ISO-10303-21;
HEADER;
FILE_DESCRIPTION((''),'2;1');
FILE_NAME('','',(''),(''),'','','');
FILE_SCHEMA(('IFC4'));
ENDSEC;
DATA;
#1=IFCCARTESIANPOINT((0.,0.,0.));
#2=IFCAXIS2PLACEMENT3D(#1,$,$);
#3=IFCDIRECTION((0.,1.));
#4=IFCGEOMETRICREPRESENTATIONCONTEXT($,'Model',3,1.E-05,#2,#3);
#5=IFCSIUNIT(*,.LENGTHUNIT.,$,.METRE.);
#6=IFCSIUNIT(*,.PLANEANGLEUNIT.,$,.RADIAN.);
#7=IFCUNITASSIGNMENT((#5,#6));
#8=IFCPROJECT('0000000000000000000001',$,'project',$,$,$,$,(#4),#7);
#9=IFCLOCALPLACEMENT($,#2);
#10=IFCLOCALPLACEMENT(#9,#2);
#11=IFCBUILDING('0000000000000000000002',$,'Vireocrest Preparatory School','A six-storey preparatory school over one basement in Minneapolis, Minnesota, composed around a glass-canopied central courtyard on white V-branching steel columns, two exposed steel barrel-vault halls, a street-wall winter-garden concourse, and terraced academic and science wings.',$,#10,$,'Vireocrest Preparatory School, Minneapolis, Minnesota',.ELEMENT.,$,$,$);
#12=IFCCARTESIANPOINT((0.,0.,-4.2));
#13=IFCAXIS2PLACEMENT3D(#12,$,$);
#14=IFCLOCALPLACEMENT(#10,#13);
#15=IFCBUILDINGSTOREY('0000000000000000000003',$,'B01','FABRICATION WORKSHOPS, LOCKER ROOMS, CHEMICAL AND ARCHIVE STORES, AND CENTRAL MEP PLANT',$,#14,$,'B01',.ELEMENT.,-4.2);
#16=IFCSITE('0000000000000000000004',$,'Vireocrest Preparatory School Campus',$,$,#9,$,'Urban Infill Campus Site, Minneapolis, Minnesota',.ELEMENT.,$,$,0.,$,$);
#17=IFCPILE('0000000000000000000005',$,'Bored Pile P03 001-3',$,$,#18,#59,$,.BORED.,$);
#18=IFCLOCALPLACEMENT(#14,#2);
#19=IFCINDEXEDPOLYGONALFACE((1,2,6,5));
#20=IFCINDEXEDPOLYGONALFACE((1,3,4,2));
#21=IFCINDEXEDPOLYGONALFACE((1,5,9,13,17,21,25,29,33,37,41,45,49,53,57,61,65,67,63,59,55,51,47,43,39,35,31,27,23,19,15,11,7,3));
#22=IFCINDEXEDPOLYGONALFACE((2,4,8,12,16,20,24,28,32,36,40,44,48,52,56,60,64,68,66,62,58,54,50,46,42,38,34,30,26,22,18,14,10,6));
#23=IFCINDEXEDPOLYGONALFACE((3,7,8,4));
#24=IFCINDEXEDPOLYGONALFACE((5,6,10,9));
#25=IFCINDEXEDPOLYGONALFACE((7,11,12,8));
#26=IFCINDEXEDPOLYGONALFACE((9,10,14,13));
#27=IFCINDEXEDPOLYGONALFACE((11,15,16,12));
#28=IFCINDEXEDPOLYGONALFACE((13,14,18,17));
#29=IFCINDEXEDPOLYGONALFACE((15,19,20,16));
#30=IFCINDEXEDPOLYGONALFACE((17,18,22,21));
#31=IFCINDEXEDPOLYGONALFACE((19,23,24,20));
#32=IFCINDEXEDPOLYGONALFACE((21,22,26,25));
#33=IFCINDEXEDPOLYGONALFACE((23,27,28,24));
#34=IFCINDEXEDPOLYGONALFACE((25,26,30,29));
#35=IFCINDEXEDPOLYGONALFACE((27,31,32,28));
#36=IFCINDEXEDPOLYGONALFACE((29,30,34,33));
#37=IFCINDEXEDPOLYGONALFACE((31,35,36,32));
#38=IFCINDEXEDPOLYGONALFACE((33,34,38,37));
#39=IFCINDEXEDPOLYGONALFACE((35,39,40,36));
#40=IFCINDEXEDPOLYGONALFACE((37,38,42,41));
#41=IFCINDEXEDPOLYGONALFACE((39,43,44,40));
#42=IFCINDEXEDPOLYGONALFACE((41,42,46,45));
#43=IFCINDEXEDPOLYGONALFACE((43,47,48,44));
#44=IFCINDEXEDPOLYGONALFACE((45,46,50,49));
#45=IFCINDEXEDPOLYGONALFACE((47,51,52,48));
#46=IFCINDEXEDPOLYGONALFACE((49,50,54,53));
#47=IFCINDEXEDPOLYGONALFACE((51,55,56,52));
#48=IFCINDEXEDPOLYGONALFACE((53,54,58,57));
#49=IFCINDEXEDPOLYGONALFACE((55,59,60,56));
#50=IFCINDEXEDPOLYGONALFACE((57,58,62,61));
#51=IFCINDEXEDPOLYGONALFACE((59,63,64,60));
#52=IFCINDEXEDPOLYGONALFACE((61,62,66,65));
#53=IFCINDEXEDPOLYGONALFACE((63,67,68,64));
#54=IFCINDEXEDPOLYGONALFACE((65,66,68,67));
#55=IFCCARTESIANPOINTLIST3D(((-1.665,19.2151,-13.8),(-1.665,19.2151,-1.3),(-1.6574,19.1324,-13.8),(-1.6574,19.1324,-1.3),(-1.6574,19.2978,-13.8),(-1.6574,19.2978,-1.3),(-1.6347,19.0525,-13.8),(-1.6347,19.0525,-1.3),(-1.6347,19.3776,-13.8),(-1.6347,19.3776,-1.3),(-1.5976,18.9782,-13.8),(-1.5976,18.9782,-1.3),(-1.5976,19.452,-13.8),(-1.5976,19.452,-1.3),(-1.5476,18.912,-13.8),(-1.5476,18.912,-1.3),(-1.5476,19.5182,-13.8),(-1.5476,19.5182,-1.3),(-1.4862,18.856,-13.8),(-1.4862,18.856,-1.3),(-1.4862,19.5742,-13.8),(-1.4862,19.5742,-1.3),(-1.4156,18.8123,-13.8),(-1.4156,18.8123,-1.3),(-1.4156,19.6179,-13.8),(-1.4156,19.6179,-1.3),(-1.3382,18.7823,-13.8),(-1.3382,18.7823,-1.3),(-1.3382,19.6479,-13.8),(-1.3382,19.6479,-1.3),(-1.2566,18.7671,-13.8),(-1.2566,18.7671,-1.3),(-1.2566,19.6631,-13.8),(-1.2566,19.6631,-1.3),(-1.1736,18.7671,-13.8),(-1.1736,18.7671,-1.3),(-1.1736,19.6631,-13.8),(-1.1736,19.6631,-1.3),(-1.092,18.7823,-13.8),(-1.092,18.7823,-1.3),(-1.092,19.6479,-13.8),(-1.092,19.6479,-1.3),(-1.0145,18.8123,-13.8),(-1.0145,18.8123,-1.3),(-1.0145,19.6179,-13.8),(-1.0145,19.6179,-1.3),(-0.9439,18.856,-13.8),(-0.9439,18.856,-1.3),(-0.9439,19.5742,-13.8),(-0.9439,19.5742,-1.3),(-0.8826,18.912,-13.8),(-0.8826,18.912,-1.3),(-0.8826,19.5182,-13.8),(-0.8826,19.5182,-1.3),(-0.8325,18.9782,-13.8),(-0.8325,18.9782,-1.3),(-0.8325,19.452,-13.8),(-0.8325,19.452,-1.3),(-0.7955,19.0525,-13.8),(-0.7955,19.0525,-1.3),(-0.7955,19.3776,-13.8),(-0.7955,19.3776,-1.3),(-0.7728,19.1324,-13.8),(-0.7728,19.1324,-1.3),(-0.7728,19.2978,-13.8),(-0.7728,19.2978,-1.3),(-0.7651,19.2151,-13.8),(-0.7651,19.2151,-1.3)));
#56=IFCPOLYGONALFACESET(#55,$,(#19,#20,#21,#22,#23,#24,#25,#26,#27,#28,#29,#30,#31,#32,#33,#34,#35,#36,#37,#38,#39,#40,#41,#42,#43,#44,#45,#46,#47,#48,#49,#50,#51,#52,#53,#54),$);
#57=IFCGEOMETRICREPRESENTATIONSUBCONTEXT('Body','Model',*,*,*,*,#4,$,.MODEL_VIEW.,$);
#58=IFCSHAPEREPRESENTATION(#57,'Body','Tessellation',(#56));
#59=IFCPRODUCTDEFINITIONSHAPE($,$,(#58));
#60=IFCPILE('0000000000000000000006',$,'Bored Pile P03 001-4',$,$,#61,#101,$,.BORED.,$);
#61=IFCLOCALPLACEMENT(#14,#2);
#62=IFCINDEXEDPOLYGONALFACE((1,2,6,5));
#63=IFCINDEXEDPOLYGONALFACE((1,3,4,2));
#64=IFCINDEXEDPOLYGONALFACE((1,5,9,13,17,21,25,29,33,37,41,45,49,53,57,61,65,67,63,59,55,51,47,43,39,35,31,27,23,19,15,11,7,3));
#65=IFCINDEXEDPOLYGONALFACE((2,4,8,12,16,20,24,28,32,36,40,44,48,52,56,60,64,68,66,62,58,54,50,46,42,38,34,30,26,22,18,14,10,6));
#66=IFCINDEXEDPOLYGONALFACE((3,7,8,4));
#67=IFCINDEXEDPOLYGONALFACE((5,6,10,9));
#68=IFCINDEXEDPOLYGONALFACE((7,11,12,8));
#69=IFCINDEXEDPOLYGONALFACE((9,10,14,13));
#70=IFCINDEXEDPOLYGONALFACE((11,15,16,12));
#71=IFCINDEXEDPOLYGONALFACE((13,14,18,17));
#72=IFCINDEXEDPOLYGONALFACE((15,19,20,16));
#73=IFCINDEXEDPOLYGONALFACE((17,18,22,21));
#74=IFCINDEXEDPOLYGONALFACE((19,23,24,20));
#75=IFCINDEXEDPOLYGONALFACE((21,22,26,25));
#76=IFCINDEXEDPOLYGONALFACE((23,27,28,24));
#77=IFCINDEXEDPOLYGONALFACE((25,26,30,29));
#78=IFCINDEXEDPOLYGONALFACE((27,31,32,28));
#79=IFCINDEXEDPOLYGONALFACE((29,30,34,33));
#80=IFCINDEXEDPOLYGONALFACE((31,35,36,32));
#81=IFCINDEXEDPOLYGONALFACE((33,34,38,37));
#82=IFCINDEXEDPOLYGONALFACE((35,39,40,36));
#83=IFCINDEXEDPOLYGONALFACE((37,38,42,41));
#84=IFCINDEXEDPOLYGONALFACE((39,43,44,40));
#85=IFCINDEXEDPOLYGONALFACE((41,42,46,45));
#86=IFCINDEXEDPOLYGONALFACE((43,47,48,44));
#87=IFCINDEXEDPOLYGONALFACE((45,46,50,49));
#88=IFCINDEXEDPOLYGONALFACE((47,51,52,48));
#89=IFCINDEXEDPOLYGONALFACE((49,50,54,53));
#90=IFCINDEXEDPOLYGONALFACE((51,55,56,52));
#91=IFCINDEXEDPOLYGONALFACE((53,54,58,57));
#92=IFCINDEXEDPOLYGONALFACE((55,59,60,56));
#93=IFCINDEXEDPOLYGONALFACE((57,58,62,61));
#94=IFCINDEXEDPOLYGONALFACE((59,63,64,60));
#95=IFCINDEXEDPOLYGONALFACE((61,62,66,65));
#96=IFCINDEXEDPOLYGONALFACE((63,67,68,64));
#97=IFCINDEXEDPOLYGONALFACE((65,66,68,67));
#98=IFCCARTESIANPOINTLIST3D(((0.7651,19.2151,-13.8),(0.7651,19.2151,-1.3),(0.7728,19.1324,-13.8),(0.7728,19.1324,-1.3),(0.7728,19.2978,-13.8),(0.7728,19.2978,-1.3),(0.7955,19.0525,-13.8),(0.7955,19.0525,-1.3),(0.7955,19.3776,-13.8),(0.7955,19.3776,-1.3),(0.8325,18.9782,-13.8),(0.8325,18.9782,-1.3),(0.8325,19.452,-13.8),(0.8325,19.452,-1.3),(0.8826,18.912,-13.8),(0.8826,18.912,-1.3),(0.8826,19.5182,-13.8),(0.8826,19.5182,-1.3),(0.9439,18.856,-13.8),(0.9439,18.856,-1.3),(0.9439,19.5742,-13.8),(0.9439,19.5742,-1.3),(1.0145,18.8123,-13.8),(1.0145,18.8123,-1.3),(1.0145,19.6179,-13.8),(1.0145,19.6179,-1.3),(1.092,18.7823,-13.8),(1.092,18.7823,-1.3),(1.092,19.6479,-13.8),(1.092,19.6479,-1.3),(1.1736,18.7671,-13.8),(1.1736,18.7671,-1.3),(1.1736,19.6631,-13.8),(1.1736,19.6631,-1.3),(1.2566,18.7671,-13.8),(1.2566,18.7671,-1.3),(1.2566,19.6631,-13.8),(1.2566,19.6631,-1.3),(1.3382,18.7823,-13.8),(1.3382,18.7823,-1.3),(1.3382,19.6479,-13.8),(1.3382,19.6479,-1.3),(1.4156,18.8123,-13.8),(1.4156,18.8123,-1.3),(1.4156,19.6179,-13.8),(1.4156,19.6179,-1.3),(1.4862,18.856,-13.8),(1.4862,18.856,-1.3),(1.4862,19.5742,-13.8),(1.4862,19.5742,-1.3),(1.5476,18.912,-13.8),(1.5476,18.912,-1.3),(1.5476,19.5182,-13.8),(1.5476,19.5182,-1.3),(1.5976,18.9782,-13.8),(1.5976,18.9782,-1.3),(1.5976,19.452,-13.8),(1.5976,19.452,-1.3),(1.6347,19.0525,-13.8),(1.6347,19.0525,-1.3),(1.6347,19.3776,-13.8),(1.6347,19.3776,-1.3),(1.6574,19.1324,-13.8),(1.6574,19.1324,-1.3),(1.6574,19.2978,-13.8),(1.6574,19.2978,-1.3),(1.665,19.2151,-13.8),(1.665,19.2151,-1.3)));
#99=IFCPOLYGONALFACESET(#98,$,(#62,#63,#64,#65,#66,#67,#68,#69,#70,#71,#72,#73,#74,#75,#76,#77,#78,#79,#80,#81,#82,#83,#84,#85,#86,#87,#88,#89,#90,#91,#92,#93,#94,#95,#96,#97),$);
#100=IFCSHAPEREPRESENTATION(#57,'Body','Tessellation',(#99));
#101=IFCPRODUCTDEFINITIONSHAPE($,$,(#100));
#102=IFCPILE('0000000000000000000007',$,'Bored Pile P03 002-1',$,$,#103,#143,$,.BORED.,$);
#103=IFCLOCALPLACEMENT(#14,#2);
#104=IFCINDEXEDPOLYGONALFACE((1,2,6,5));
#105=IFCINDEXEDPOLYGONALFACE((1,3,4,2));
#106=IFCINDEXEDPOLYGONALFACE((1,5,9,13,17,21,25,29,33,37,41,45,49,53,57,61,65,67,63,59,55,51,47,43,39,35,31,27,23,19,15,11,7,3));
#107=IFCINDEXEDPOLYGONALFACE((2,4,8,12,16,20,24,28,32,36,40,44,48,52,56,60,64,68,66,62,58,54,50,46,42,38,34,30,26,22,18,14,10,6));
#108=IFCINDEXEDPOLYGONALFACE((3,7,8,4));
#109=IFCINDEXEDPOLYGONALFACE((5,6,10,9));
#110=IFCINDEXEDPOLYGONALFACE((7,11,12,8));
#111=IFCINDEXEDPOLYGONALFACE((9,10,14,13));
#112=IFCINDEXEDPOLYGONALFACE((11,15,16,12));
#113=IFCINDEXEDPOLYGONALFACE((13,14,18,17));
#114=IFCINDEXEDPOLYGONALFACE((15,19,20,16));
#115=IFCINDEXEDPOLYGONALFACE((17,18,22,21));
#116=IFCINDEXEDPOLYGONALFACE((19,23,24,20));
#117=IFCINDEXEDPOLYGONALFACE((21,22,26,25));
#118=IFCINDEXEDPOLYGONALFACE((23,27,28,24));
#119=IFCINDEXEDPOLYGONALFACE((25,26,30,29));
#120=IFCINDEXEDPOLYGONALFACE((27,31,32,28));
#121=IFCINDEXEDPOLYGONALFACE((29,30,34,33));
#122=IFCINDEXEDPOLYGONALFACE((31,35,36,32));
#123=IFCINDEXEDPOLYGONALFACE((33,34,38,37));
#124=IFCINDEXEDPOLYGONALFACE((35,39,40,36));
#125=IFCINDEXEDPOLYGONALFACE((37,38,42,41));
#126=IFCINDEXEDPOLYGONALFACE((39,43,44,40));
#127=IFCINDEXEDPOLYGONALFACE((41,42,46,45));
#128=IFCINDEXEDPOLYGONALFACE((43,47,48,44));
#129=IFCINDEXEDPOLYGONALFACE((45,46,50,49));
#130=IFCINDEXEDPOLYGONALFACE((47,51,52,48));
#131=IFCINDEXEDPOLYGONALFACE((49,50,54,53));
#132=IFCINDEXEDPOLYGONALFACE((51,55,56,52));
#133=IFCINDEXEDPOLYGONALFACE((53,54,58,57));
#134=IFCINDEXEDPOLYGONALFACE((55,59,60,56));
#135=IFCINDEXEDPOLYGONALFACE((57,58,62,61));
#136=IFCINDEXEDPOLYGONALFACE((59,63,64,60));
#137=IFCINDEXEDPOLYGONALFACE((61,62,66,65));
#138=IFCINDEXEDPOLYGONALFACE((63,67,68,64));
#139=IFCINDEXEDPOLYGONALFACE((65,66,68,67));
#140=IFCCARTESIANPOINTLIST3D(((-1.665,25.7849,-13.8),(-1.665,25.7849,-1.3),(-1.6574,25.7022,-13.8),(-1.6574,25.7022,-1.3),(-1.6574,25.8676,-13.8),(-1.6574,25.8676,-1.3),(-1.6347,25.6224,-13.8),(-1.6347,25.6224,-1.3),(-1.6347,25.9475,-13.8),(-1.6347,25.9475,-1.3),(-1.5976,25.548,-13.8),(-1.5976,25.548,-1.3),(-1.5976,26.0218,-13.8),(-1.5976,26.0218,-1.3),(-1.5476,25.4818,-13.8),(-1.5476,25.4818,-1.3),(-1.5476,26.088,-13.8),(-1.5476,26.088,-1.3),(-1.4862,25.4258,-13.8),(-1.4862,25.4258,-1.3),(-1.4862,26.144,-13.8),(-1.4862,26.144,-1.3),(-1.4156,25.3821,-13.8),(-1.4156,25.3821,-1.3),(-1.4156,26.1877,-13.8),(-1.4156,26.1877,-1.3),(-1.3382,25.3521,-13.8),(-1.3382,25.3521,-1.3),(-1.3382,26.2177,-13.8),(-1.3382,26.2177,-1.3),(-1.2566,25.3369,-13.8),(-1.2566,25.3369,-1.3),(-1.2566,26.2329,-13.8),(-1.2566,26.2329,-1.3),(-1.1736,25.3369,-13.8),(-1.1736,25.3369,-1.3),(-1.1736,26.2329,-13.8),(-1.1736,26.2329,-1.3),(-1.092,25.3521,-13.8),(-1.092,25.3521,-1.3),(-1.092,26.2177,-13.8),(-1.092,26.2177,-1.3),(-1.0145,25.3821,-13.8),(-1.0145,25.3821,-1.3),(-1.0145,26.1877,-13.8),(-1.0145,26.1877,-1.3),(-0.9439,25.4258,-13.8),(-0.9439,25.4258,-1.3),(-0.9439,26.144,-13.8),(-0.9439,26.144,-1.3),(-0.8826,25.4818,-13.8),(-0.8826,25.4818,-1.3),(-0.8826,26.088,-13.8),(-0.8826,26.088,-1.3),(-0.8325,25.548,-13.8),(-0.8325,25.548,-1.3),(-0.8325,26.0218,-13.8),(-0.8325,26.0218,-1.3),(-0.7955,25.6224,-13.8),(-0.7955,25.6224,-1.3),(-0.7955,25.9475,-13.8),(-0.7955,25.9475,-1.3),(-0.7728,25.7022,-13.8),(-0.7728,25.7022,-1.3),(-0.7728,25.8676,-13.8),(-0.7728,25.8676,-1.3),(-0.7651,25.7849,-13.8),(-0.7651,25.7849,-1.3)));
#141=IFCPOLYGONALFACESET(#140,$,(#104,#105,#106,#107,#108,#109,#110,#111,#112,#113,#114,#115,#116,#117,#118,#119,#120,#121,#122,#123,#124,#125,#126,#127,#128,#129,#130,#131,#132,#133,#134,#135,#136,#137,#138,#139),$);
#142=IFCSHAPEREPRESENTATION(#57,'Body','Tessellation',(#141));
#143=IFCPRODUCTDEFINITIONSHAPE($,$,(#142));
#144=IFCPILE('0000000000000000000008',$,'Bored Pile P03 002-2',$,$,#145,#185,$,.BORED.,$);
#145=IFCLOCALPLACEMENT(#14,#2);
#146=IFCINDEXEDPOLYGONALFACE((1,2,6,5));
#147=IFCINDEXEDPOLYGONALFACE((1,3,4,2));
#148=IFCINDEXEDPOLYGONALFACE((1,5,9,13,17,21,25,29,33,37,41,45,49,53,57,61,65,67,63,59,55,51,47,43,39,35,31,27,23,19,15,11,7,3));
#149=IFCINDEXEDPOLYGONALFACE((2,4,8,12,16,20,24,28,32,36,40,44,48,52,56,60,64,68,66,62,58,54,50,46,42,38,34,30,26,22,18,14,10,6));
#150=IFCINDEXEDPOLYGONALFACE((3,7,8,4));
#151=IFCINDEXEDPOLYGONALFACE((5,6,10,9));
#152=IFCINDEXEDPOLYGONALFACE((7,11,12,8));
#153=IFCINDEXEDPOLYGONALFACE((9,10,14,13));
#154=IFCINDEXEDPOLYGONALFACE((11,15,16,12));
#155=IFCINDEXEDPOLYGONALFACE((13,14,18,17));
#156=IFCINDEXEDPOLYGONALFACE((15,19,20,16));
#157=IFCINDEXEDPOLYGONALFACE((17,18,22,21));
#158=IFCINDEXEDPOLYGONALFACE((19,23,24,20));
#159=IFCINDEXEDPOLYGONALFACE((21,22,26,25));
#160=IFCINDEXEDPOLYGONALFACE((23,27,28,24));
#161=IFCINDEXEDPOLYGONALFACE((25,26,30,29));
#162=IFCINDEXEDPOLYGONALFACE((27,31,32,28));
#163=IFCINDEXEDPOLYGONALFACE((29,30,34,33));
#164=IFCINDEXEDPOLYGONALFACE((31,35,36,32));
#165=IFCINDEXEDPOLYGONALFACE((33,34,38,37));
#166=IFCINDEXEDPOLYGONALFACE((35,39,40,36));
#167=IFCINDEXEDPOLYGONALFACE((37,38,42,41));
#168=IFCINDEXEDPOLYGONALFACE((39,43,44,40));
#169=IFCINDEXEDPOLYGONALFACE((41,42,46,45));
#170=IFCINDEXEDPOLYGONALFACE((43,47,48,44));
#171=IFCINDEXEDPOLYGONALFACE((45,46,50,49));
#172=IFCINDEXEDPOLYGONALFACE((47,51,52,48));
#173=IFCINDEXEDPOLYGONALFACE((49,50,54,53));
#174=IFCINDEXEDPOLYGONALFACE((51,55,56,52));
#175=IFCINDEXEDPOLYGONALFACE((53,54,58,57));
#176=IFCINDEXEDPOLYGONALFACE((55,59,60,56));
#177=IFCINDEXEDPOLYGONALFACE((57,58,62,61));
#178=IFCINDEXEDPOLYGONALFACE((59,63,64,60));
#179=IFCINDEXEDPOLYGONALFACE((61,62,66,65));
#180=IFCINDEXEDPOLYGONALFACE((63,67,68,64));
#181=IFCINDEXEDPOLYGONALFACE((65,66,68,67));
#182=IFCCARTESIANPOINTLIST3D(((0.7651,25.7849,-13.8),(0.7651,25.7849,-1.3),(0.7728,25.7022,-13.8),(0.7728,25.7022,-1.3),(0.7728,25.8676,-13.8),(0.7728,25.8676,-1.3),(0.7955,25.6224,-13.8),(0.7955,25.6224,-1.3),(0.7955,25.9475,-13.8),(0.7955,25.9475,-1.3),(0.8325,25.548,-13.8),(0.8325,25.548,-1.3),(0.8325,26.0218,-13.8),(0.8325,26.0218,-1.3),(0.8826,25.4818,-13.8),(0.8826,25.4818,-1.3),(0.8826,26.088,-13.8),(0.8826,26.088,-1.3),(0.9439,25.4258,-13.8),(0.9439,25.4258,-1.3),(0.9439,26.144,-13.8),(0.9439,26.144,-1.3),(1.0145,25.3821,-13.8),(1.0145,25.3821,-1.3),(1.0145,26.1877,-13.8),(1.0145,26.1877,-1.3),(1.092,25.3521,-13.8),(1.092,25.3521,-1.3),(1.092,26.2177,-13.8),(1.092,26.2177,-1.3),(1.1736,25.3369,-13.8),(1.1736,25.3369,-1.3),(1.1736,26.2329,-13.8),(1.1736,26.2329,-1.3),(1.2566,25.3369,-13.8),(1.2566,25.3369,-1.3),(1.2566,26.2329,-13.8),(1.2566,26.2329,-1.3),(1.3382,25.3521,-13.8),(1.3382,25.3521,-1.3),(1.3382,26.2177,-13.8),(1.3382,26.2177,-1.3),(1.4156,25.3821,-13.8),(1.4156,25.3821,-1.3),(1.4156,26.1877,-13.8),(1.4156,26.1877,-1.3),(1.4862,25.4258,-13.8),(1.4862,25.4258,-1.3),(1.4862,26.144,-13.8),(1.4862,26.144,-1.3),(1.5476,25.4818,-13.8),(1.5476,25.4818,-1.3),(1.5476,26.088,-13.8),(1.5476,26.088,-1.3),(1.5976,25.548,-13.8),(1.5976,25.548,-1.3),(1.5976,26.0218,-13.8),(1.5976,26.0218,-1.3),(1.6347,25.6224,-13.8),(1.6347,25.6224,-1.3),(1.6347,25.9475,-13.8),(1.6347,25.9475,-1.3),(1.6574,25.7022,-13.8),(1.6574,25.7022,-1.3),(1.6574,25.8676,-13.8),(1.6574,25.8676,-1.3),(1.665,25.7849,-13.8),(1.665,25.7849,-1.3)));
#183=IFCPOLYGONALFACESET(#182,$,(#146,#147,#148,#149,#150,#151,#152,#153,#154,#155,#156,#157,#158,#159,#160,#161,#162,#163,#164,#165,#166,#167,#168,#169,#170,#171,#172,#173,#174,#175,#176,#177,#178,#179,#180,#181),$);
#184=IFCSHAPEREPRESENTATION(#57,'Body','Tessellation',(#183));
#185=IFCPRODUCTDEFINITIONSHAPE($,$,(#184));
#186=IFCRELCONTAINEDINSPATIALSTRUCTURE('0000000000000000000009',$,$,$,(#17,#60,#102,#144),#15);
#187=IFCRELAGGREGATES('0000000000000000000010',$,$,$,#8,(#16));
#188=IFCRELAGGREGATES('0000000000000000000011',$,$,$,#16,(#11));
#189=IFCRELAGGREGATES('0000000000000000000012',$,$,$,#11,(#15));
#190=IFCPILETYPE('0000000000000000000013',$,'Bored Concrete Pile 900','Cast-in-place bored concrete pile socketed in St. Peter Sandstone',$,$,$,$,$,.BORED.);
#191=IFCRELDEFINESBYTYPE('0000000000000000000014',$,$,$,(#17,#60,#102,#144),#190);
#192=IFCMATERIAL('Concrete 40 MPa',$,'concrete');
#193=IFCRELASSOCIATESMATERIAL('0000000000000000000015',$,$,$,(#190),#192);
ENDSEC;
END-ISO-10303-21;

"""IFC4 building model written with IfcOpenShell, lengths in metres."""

from ifc_helpers import new_model, si_unit, direction, frame, origin, origin_2d, place, context, subcontext, project, spatial, circle, extrude, material, material_profile, profile_set, type_object, element, save


model = new_model("IFC4")

# Units and contexts
model_context = context("Model", 3, precision=1e-05, world=origin(), true_north=direction((0.0, 1.0)))
body_context = subcontext(model_context, "Body", "Model", "MODEL_VIEW")
ifc_project = project(units=[si_unit("LENGTHUNIT", "METRE"), si_unit("PLANEANGLEUNIT", "RADIAN")], contexts=[model_context])

# Site, building, storey
site_placement = place(None, origin())
site = spatial("IfcSite", under=ifc_project, at=site_placement, Name="Vireocrest Preparatory School Campus", LongName="Urban Infill Campus Site, Minneapolis, Minnesota", CompositionType="ELEMENT", RefElevation=0.0)
building_placement = place(site_placement, origin())
building = spatial("IfcBuilding", under=site, at=building_placement, Name="Vireocrest Preparatory School", Description="A six-storey preparatory school over one basement in Minneapolis, Minnesota, composed around a glass-canopied central courtyard on white V-branching steel columns, two exposed steel barrel-vault halls, a street-wall winter-garden concourse, and terraced academic and science wings.", LongName="Vireocrest Preparatory School, Minneapolis, Minnesota", CompositionType="ELEMENT")
storey_placement = place(building_placement, frame((0.0, 0.0, -4.2)))
storey = spatial("IfcBuildingStorey", under=building, at=storey_placement, Name="B01", Description="FABRICATION WORKSHOPS, LOCKER ROOMS, CHEMICAL AND ARCHIVE STORES, AND CENTRAL MEP PLANT", LongName="B01", CompositionType="ELEMENT", Elevation=-4.2)

# Piles
ifc_material_1 = material(Name="Concrete 40 MPa", Category="concrete")
ifc_material_profile_1 = material_profile(ifc_material_1, circle(Radius=0.45, at=origin_2d()), Name="BORED PILE 900")
ifc_profile_set_1 = profile_set([ifc_material_profile_1], Name="Concrete 40 MPa")
pile_type = type_object("IfcPileType", Name="Bored Concrete Pile 900", Description="Cast-in-place bored concrete pile socketed in St. Peter Sandstone", PredefinedType="BORED", material=ifc_profile_set_1)
for number, where, z_axis, x_axis, name in (
    (1, (-1.2151, 19.2151, -1.3), (0.0, 0.0, -1.0), (1.0, 0.0, 0.0), "Bored Pile P03 001-3"),
    (2, (1.2151, 19.2151, -1.3), (0.0, 0.0, -1.0), (1.0, 0.0, 0.0), "Bored Pile P03 001-4"),
    (3, (-1.2151, 25.7849, -1.3), (0.0, 0.0, -1.0), (1.0, 0.0, 0.0), "Bored Pile P03 002-1"),
    (4, (1.2151, 25.7849, -1.3), (0.0, 0.0, -1.0), (1.0, 0.0, 0.0), "Bored Pile P03 002-2"),
):
    element("IfcPile", number, at=place(storey_placement, frame(where, z_axis=z_axis, x_axis=x_axis)), inside=storey, type_object=pile_type, Name=name, PredefinedType="BORED", context=body_context, shape_type="SweptSolid", body=[
        extrude(circle(Radius=0.45, at=origin_2d()), origin(), (0.0, 0.0, 1.0), 12.5),
    ])

save(model, "model.ifc")
